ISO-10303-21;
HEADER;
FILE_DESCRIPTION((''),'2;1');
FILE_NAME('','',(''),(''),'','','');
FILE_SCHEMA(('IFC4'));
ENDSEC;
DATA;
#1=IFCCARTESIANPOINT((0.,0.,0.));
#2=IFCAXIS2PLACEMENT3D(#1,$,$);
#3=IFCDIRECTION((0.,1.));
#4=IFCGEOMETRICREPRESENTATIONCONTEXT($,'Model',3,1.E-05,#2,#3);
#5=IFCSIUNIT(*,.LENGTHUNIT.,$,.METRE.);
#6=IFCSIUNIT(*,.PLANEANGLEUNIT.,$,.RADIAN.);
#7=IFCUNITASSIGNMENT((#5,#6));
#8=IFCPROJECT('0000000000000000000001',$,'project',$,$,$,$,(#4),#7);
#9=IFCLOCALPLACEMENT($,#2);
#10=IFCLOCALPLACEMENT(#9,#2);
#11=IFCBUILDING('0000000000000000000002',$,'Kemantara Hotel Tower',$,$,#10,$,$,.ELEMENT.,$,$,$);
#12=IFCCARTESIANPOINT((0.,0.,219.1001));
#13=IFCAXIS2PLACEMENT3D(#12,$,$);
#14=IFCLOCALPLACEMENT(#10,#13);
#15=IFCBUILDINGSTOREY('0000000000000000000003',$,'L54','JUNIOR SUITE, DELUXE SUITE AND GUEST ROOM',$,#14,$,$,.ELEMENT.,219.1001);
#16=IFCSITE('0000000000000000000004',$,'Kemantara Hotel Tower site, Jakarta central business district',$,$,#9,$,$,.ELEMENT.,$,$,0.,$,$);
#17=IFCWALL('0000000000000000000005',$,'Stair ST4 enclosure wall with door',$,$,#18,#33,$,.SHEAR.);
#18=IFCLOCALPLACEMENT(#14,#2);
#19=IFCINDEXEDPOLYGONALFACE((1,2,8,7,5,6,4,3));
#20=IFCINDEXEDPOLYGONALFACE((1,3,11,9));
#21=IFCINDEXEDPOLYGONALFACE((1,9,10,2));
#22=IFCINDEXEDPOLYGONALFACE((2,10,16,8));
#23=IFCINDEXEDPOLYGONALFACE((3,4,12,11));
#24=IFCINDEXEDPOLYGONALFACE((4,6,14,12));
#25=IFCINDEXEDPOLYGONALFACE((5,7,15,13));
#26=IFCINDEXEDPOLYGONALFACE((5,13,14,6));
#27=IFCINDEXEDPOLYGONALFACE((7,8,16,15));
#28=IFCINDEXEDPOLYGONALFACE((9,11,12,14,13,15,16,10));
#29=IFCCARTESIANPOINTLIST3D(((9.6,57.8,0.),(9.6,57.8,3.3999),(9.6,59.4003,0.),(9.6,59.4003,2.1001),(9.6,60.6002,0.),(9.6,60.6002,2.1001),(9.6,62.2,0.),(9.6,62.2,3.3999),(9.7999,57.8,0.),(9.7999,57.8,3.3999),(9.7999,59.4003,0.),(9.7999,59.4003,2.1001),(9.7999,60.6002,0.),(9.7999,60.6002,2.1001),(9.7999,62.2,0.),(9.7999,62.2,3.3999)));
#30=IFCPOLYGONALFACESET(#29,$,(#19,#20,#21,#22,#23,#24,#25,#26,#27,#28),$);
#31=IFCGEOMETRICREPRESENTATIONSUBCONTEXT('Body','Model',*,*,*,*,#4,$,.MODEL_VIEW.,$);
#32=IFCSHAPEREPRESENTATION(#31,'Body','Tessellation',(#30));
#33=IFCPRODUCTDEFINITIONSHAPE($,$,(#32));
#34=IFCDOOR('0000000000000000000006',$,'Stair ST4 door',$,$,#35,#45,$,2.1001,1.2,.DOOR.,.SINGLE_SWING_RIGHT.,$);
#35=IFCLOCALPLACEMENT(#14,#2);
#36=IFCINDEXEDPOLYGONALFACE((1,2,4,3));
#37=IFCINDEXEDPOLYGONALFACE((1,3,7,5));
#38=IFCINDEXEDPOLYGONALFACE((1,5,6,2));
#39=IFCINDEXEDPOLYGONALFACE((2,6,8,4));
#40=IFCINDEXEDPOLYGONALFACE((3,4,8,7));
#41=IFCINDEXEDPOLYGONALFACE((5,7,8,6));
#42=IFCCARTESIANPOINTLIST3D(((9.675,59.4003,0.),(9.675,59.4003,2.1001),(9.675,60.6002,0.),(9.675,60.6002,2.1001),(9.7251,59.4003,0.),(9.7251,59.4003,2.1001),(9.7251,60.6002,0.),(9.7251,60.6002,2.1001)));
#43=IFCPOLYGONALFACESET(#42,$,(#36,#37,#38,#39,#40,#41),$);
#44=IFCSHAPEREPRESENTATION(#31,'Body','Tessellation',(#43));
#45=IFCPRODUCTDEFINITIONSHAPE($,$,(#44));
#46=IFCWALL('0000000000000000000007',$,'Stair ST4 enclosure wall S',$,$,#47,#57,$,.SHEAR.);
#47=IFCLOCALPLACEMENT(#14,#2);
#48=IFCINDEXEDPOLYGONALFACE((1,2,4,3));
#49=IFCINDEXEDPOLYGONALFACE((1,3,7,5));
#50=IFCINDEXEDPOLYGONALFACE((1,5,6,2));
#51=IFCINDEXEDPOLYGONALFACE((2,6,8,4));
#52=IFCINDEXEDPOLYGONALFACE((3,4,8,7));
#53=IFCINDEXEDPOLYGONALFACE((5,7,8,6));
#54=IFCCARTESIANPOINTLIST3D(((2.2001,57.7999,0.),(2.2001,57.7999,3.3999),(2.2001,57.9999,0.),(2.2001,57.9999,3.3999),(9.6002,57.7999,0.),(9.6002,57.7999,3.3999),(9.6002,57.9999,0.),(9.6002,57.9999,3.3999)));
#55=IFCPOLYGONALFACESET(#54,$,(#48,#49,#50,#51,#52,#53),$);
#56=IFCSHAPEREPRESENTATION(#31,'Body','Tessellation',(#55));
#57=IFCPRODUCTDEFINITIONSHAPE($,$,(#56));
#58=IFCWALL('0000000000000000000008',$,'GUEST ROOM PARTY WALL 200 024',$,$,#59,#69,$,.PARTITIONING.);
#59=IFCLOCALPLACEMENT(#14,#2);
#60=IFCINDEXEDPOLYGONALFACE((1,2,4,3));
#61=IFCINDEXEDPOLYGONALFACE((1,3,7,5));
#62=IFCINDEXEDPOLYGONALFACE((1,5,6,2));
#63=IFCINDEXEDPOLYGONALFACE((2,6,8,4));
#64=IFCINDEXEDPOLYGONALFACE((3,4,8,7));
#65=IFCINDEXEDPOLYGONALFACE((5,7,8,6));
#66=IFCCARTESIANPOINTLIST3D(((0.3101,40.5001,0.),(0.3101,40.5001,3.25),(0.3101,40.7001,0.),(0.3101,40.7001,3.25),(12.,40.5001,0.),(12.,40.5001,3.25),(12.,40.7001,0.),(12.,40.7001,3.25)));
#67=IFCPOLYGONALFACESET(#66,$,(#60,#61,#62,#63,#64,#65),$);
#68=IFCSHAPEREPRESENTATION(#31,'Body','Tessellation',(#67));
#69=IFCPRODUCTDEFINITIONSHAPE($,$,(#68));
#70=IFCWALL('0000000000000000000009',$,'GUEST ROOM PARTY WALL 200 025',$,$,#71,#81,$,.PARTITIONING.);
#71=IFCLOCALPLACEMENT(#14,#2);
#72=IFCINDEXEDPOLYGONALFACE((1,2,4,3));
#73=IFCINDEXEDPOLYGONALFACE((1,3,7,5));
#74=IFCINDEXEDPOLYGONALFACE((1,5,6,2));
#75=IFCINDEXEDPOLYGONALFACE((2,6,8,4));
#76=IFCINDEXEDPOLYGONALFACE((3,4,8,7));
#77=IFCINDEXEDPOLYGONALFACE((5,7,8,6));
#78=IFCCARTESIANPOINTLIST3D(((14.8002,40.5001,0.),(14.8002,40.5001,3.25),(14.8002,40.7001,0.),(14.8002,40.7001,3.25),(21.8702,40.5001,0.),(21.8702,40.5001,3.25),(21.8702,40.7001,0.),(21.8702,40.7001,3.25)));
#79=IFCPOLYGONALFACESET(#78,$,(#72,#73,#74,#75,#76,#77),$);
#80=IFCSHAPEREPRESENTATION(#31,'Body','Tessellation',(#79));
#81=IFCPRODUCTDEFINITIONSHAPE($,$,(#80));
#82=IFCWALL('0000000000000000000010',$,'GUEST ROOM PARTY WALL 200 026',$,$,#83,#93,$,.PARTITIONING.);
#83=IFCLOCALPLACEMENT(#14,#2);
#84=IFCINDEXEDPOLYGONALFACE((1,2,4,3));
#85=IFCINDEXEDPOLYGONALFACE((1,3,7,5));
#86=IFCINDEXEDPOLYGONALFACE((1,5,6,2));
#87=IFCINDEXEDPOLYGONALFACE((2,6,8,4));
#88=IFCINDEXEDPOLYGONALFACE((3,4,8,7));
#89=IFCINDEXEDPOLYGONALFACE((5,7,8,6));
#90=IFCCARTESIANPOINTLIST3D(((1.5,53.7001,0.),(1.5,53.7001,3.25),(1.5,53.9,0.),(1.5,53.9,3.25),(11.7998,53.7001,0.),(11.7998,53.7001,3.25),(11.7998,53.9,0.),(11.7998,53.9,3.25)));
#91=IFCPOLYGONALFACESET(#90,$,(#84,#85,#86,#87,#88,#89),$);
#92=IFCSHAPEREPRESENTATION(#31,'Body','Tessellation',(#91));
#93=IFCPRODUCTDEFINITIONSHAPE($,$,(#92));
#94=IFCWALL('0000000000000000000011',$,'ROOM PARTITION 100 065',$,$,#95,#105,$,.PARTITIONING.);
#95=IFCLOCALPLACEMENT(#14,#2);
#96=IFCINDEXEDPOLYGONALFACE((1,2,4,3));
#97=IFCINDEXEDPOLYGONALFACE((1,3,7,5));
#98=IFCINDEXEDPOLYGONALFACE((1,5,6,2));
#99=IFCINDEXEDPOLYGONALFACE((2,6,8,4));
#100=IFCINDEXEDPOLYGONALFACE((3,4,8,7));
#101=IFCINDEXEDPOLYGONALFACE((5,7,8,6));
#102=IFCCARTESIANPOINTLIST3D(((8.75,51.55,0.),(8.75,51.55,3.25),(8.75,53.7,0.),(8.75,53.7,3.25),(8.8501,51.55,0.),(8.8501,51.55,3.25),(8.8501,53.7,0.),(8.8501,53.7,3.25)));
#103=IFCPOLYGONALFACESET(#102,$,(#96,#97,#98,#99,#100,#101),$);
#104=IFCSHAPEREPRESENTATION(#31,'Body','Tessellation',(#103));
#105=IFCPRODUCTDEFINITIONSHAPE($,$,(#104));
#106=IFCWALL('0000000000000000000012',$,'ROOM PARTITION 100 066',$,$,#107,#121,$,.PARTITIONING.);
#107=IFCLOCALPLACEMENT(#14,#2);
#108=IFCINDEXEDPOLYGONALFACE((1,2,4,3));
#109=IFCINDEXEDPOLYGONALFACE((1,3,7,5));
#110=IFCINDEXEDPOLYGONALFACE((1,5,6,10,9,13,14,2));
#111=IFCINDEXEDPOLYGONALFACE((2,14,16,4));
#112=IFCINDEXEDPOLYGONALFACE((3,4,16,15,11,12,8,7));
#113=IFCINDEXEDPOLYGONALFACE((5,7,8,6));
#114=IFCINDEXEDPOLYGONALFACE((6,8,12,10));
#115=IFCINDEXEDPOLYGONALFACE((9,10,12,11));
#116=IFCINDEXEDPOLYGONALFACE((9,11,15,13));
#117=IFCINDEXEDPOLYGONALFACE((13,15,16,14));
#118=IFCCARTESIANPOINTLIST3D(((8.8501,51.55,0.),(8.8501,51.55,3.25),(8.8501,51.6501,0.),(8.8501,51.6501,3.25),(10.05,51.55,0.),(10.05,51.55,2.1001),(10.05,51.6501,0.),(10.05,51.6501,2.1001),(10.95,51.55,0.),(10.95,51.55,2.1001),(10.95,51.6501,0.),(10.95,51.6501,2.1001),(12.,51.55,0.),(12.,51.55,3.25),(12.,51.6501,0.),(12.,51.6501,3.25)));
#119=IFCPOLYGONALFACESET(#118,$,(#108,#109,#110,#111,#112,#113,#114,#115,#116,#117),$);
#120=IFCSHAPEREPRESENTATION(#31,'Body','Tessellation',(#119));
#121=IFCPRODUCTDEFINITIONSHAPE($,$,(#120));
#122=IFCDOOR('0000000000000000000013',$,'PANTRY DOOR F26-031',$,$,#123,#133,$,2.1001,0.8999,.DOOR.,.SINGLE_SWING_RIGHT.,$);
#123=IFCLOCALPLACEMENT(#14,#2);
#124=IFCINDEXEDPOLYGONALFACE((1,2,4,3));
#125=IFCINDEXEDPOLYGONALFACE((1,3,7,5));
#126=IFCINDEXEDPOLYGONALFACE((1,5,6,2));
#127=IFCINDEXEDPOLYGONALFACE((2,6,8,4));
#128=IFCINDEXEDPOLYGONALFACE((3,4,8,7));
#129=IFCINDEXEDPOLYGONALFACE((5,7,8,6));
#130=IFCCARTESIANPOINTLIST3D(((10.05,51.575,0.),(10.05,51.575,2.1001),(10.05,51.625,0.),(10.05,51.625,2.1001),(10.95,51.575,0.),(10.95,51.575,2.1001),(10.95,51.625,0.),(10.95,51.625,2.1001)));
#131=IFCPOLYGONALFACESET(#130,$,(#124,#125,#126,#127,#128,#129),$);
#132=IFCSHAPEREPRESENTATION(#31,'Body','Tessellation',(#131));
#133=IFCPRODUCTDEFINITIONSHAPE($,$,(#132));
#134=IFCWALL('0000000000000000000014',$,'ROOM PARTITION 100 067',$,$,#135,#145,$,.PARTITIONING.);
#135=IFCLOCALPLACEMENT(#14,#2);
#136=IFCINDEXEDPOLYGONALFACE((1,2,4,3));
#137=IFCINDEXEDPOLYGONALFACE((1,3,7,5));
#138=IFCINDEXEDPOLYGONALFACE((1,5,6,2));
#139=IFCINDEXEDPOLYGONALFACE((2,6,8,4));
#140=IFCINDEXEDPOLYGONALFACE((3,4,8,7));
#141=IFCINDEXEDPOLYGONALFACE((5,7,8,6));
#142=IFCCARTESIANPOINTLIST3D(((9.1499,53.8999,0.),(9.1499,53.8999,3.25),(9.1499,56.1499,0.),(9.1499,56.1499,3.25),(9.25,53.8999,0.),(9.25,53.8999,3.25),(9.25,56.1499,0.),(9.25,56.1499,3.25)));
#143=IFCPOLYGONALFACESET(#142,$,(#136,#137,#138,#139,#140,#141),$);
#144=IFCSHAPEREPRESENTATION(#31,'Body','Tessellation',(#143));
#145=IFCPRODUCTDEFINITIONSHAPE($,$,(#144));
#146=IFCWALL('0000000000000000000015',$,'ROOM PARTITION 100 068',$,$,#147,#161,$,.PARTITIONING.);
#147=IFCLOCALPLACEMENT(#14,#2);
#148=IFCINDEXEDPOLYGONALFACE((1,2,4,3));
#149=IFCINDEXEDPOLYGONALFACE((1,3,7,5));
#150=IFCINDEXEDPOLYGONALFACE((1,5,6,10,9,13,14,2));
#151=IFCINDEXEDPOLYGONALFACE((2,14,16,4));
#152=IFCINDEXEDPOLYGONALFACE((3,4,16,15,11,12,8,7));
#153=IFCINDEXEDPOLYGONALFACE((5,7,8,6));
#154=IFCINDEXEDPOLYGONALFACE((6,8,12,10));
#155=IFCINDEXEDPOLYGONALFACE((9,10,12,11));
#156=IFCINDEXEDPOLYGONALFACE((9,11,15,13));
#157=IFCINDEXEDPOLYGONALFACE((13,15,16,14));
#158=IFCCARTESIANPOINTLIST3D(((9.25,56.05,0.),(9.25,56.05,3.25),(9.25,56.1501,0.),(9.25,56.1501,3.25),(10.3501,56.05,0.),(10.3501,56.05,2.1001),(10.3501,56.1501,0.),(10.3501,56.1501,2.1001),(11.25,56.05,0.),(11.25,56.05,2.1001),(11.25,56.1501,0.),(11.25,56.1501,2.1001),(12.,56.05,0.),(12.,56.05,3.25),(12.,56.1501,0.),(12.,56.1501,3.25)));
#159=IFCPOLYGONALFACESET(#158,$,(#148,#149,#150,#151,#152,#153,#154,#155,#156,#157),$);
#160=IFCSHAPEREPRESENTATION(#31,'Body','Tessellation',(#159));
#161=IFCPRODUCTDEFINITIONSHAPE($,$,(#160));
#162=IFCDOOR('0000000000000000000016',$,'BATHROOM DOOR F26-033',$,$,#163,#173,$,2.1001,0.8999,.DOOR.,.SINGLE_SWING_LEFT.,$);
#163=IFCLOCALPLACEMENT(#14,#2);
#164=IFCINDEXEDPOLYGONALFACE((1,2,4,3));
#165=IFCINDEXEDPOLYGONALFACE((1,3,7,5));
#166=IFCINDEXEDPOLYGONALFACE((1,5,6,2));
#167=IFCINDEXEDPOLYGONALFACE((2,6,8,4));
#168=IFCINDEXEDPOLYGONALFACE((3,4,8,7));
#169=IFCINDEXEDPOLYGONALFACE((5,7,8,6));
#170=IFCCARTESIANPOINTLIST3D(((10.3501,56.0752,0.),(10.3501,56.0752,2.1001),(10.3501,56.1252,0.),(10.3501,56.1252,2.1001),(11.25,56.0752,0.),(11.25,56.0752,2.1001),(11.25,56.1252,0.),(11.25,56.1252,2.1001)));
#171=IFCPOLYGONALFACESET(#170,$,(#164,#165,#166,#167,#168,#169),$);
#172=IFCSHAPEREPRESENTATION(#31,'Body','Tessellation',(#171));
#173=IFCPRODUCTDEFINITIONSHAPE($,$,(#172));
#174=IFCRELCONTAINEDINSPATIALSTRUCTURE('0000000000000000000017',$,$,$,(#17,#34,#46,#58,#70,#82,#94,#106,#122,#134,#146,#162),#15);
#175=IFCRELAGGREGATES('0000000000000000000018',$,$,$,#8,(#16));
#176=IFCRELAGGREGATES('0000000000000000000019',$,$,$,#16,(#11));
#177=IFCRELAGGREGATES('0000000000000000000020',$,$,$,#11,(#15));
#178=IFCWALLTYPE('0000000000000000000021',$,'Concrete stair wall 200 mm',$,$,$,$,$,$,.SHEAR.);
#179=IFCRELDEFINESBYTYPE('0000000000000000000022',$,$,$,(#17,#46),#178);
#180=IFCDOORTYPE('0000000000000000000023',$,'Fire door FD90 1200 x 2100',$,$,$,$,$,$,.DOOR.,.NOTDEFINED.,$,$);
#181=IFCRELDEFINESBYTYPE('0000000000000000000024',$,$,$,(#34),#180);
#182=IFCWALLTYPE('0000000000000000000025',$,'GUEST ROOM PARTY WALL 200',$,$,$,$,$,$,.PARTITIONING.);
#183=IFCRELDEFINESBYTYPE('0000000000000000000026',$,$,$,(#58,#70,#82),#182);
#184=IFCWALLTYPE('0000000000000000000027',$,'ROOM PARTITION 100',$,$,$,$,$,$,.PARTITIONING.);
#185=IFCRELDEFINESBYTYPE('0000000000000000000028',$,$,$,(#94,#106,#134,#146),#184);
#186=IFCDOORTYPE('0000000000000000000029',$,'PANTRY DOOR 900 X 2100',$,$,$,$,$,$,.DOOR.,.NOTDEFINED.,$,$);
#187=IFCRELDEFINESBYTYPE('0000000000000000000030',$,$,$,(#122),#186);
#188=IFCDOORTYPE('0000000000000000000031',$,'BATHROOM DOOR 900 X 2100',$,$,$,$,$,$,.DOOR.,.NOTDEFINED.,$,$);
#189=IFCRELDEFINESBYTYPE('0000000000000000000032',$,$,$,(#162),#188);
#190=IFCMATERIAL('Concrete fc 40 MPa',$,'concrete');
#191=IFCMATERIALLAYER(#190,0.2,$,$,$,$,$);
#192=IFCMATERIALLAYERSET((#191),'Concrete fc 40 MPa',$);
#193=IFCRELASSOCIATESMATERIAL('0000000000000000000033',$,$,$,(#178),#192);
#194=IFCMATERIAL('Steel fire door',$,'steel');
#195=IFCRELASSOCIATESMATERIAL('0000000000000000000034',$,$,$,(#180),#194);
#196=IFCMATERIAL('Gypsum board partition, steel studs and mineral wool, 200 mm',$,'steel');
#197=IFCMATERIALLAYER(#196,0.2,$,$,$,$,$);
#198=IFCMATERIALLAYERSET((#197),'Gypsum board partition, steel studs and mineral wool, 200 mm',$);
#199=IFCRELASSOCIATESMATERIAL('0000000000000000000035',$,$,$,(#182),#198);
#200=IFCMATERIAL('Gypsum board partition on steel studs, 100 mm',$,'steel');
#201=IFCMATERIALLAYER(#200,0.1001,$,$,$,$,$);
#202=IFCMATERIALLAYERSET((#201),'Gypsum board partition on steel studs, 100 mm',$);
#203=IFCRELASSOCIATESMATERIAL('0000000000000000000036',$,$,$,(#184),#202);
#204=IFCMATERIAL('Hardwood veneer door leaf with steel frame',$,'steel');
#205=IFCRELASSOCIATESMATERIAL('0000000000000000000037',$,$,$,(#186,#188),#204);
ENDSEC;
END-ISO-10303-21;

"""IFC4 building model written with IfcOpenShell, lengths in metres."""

from ifc_helpers import new_model, si_unit, direction, frame, frame_2d, origin, place, context, subcontext, project, spatial, rectangle, extrude, material, layer, layer_set, type_object, element, fill, save


model = new_model("IFC4")

# Units and contexts
model_context = context("Model", 3, precision=1e-05, world=origin(), true_north=direction((0.0, 1.0)))
body_context = subcontext(model_context, "Body", "Model", "MODEL_VIEW")
ifc_project = project(units=[si_unit("LENGTHUNIT", "METRE"), si_unit("PLANEANGLEUNIT", "RADIAN")], contexts=[model_context])

# Site, building, storey
site_placement = place(None, origin())
site = spatial("IfcSite", under=ifc_project, at=site_placement, Name="Kemantara Hotel Tower site, Jakarta central business district", CompositionType="ELEMENT", RefElevation=0.0)
building_placement = place(site_placement, origin())
building = spatial("IfcBuilding", under=site, at=building_placement, Name="Kemantara Hotel Tower", CompositionType="ELEMENT")
storey_placement = place(building_placement, frame((0.0, 0.0, 219.1001)))
storey = spatial("IfcBuildingStorey", under=building, at=storey_placement, Name="L54", Description="JUNIOR SUITE, DELUXE SUITE AND GUEST ROOM", CompositionType="ELEMENT", Elevation=219.1001)

# Shared definitions
ifc_material_1 = material(Name="Gypsum board partition, steel studs and mineral wool, 200 mm", Category="steel")
ifc_material_2 = material(Name="Hardwood veneer door leaf with steel frame", Category="steel")

# Wall, opening, door
ifc_material_3 = material(Name="Concrete fc 40 MPa", Category="concrete")
ifc_layer_1 = layer(ifc_material_3, 0.2)
ifc_layer_set_1 = layer_set([ifc_layer_1], Name="Concrete fc 40 MPa")
wall_type_1 = type_object("IfcWallType", Name="Concrete stair wall 200 mm", PredefinedType="SHEAR", material=ifc_layer_set_1)
wall_1_placement = place(storey_placement, frame((9.7, 57.8, 0.0), z_axis=(0.0, 0.0, 1.0), x_axis=(0.0, 1.0, 0.0)))
wall_1 = element("IfcWall", 1, at=wall_1_placement, inside=storey, type_object=wall_type_1, Name="Stair ST4 enclosure wall with door", PredefinedType="SHEAR", context=body_context, shape_type="SweptSolid", body=[
    extrude(rectangle(XDim=4.3999, YDim=0.2, at=frame_2d((2.2, 0.0))), origin(), (0.0, 0.0, 1.0), 3.3999),
])
opening_1_placement = place(wall_1_placement, frame((1.6001, 0.0, 0.0)))
opening_1 = element("IfcOpeningElement", 2, at=opening_1_placement, cuts=wall_1, PredefinedType="OPENING", context=body_context, shape_type="SweptSolid", body=[
    extrude(rectangle(XDim=1.2, YDim=2.1001, at=frame_2d((0.6001, 1.05))), frame((0.0, 0.1099, 0.0), z_axis=(0.0, -1.0, 0.0), x_axis=(1.0, 0.0, 0.0)), (0.0, 0.0, 1.0), 0.22),
])
ifc_material_4 = material(Name="Steel fire door", Category="steel")
door_type_1 = type_object("IfcDoorType", Name="Fire door FD90 1200 x 2100", OperationType="NOTDEFINED", PredefinedType="DOOR", material=ifc_material_4)
door_1_placement = place(opening_1_placement, origin())
door_1 = element("IfcDoor", 3, at=door_1_placement, inside=storey, type_object=door_type_1, Name="Stair ST4 door", OperationType="SINGLE_SWING_RIGHT", OverallHeight=2.1001, OverallWidth=1.2, PredefinedType="DOOR", context=body_context, shape_type="SweptSolid", body=[
    extrude(rectangle(XDim=1.2, YDim=2.1001, at=frame_2d((0.6001, 1.05))), frame((0.0, 0.0249, 0.0), z_axis=(0.0, -1.0, 0.0), x_axis=(1.0, 0.0, 0.0)), (0.0, 0.0, 1.0), 0.05),
])
fill(opening_1, door_1)

# Walls
wall_2_placement = place(storey_placement, frame((2.2, 57.8999, 0.0), z_axis=(0.0, 0.0, 1.0), x_axis=(1.0, 0.0, 0.0)))
element("IfcWall", 4, at=wall_2_placement, inside=storey, type_object=wall_type_1, Name="Stair ST4 enclosure wall S", PredefinedType="SHEAR", context=body_context, shape_type="SweptSolid", body=[
    extrude(rectangle(XDim=7.4001, YDim=0.2, at=frame_2d((3.7002, 0.0))), origin(), (0.0, 0.0, 1.0), 3.3999),
])
ifc_layer_2 = layer(ifc_material_1, 0.2)
ifc_layer_set_2 = layer_set([ifc_layer_2], Name="Gypsum board partition, steel studs and mineral wool, 200 mm")
wall_type_2 = type_object("IfcWallType", Name="GUEST ROOM PARTY WALL 200", PredefinedType="PARTITIONING", material=ifc_layer_set_2)
wall_3_placement = place(storey_placement, frame((0.3101, 40.6001, 0.0), z_axis=(0.0, 0.0, 1.0), x_axis=(1.0, 0.0, 0.0)))
element("IfcWall", 5, at=wall_3_placement, inside=storey, type_object=wall_type_2, Name="GUEST ROOM PARTY WALL 200 024", PredefinedType="PARTITIONING", context=body_context, shape_type="SweptSolid", body=[
    extrude(rectangle(XDim=11.6899, YDim=0.2, at=frame_2d((5.845, 0.0))), origin(), (0.0, 0.0, 1.0), 3.25),
])
wall_4_placement = place(storey_placement, frame((14.8, 40.6001, 0.0), z_axis=(0.0, 0.0, 1.0), x_axis=(1.0, 0.0, 0.0)))
element("IfcWall", 6, at=wall_4_placement, inside=storey, type_object=wall_type_2, Name="GUEST ROOM PARTY WALL 200 025", PredefinedType="PARTITIONING", context=body_context, shape_type="SweptSolid", body=[
    extrude(rectangle(XDim=7.0701, YDim=0.2, at=frame_2d((3.5352, 0.0))), origin(), (0.0, 0.0, 1.0), 3.25),
])
wall_5_placement = place(storey_placement, frame((1.5, 53.8, 0.0), z_axis=(0.0, 0.0, 1.0), x_axis=(1.0, 0.0, 0.0)))
element("IfcWall", 7, at=wall_5_placement, inside=storey, type_object=wall_type_2, Name="GUEST ROOM PARTY WALL 200 026", PredefinedType="PARTITIONING", context=body_context, shape_type="SweptSolid", body=[
    extrude(rectangle(XDim=10.2998, YDim=0.2, at=frame_2d((5.1499, 0.0))), origin(), (0.0, 0.0, 1.0), 3.25),
])
ifc_material_5 = material(Name="Gypsum board partition on steel studs, 100 mm", Category="steel")
ifc_layer_3 = layer(ifc_material_5, 0.1001)
ifc_layer_set_3 = layer_set([ifc_layer_3], Name="Gypsum board partition on steel studs, 100 mm")
wall_type_3 = type_object("IfcWallType", Name="ROOM PARTITION 100", PredefinedType="PARTITIONING", material=ifc_layer_set_3)
wall_6_placement = place(storey_placement, frame((8.8, 51.55, 0.0), z_axis=(0.0, 0.0, 1.0), x_axis=(0.0, 1.0, 0.0)))
element("IfcWall", 8, at=wall_6_placement, inside=storey, type_object=wall_type_3, Name="ROOM PARTITION 100 065", PredefinedType="PARTITIONING", context=body_context, shape_type="SweptSolid", body=[
    extrude(rectangle(XDim=2.1499, YDim=0.1001, at=frame_2d((1.075, 0.0))), origin(), (0.0, 0.0, 1.0), 3.25),
])

# Wall, opening, door
wall_7_placement = place(storey_placement, frame((8.8501, 51.6001, 0.0), z_axis=(0.0, 0.0, 1.0), x_axis=(1.0, 0.0, 0.0)))
wall_7 = element("IfcWall", 9, at=wall_7_placement, inside=storey, type_object=wall_type_3, Name="ROOM PARTITION 100 066", PredefinedType="PARTITIONING", context=body_context, shape_type="SweptSolid", body=[
    extrude(rectangle(XDim=3.1499, YDim=0.1001, at=frame_2d((1.575, 0.0))), origin(), (0.0, 0.0, 1.0), 3.25),
])
opening_2_placement = place(wall_7_placement, frame((1.2, 0.0, 0.0)))
opening_2 = element("IfcOpeningElement", 10, at=opening_2_placement, cuts=wall_7, PredefinedType="OPENING", context=body_context, shape_type="SweptSolid", body=[
    extrude(rectangle(XDim=0.8999, YDim=2.1001, at=frame_2d((0.45, 1.05))), frame((0.0, 0.0601, 0.0), z_axis=(0.0, -1.0, 0.0), x_axis=(1.0, 0.0, 0.0)), (0.0, 0.0, 1.0), 0.1201),
])
door_type_2 = type_object("IfcDoorType", Name="PANTRY DOOR 900 X 2100", OperationType="NOTDEFINED", PredefinedType="DOOR", material=ifc_material_2)
door_2_placement = place(opening_2_placement, origin())
door_2 = element("IfcDoor", 11, at=door_2_placement, inside=storey, type_object=door_type_2, Name="PANTRY DOOR F26-031", OperationType="SINGLE_SWING_RIGHT", OverallHeight=2.1001, OverallWidth=0.8999, PredefinedType="DOOR", context=body_context, shape_type="SweptSolid", body=[
    extrude(rectangle(XDim=0.8999, YDim=2.1001, at=frame_2d((0.45, 1.05))), frame((0.0, 0.0249, 0.0), z_axis=(0.0, -1.0, 0.0), x_axis=(1.0, 0.0, 0.0)), (0.0, 0.0, 1.0), 0.05),
])
fill(opening_2, door_2)

# Wall
wall_8_placement = place(storey_placement, frame((9.2, 53.8999, 0.0), z_axis=(0.0, 0.0, 1.0), x_axis=(0.0, 1.0, 0.0)))
element("IfcWall", 12, at=wall_8_placement, inside=storey, type_object=wall_type_3, Name="ROOM PARTITION 100 067", PredefinedType="PARTITIONING", context=body_context, shape_type="SweptSolid", body=[
    extrude(rectangle(XDim=2.25, YDim=0.1001, at=frame_2d((1.125, 0.0))), origin(), (0.0, 0.0, 1.0), 3.25),
])

# Wall, opening, door
wall_9_placement = place(storey_placement, frame((12.0, 56.1001, 0.0), z_axis=(0.0, 0.0, 1.0), x_axis=(-1.0, 0.0, 0.0)))
wall_9 = element("IfcWall", 13, at=wall_9_placement, inside=storey, type_object=wall_type_3, Name="ROOM PARTITION 100 068", PredefinedType="PARTITIONING", context=body_context, shape_type="SweptSolid", body=[
    extrude(rectangle(XDim=2.75, YDim=0.1001, at=frame_2d((1.375, 0.0))), origin(), (0.0, 0.0, 1.0), 3.25),
])
opening_3_placement = place(wall_9_placement, frame((0.75, 0.0, 0.0)))
opening_3 = element("IfcOpeningElement", 14, at=opening_3_placement, cuts=wall_9, PredefinedType="OPENING", context=body_context, shape_type="SweptSolid", body=[
    extrude(rectangle(XDim=0.8999, YDim=2.1001, at=frame_2d((0.45, 1.05))), frame((0.0, 0.0601, 0.0), z_axis=(0.0, -1.0, 0.0), x_axis=(1.0, 0.0, 0.0)), (0.0, 0.0, 1.0), 0.1201),
])
door_type_3 = type_object("IfcDoorType", Name="BATHROOM DOOR 900 X 2100", OperationType="NOTDEFINED", PredefinedType="DOOR", material=ifc_material_2)
door_3_placement = place(opening_3_placement, origin())
door_3 = element("IfcDoor", 15, at=door_3_placement, inside=storey, type_object=door_type_3, Name="BATHROOM DOOR F26-033", OperationType="SINGLE_SWING_LEFT", OverallHeight=2.1001, OverallWidth=0.8999, PredefinedType="DOOR", context=body_context, shape_type="SweptSolid", body=[
    extrude(rectangle(XDim=0.8999, YDim=2.1001, at=frame_2d((0.45, 1.05))), frame((0.0, 0.0249, 0.0), z_axis=(0.0, -1.0, 0.0), x_axis=(1.0, 0.0, 0.0)), (0.0, 0.0, 1.0), 0.05),
])
fill(opening_3, door_3)

save(model, "model.ifc")
